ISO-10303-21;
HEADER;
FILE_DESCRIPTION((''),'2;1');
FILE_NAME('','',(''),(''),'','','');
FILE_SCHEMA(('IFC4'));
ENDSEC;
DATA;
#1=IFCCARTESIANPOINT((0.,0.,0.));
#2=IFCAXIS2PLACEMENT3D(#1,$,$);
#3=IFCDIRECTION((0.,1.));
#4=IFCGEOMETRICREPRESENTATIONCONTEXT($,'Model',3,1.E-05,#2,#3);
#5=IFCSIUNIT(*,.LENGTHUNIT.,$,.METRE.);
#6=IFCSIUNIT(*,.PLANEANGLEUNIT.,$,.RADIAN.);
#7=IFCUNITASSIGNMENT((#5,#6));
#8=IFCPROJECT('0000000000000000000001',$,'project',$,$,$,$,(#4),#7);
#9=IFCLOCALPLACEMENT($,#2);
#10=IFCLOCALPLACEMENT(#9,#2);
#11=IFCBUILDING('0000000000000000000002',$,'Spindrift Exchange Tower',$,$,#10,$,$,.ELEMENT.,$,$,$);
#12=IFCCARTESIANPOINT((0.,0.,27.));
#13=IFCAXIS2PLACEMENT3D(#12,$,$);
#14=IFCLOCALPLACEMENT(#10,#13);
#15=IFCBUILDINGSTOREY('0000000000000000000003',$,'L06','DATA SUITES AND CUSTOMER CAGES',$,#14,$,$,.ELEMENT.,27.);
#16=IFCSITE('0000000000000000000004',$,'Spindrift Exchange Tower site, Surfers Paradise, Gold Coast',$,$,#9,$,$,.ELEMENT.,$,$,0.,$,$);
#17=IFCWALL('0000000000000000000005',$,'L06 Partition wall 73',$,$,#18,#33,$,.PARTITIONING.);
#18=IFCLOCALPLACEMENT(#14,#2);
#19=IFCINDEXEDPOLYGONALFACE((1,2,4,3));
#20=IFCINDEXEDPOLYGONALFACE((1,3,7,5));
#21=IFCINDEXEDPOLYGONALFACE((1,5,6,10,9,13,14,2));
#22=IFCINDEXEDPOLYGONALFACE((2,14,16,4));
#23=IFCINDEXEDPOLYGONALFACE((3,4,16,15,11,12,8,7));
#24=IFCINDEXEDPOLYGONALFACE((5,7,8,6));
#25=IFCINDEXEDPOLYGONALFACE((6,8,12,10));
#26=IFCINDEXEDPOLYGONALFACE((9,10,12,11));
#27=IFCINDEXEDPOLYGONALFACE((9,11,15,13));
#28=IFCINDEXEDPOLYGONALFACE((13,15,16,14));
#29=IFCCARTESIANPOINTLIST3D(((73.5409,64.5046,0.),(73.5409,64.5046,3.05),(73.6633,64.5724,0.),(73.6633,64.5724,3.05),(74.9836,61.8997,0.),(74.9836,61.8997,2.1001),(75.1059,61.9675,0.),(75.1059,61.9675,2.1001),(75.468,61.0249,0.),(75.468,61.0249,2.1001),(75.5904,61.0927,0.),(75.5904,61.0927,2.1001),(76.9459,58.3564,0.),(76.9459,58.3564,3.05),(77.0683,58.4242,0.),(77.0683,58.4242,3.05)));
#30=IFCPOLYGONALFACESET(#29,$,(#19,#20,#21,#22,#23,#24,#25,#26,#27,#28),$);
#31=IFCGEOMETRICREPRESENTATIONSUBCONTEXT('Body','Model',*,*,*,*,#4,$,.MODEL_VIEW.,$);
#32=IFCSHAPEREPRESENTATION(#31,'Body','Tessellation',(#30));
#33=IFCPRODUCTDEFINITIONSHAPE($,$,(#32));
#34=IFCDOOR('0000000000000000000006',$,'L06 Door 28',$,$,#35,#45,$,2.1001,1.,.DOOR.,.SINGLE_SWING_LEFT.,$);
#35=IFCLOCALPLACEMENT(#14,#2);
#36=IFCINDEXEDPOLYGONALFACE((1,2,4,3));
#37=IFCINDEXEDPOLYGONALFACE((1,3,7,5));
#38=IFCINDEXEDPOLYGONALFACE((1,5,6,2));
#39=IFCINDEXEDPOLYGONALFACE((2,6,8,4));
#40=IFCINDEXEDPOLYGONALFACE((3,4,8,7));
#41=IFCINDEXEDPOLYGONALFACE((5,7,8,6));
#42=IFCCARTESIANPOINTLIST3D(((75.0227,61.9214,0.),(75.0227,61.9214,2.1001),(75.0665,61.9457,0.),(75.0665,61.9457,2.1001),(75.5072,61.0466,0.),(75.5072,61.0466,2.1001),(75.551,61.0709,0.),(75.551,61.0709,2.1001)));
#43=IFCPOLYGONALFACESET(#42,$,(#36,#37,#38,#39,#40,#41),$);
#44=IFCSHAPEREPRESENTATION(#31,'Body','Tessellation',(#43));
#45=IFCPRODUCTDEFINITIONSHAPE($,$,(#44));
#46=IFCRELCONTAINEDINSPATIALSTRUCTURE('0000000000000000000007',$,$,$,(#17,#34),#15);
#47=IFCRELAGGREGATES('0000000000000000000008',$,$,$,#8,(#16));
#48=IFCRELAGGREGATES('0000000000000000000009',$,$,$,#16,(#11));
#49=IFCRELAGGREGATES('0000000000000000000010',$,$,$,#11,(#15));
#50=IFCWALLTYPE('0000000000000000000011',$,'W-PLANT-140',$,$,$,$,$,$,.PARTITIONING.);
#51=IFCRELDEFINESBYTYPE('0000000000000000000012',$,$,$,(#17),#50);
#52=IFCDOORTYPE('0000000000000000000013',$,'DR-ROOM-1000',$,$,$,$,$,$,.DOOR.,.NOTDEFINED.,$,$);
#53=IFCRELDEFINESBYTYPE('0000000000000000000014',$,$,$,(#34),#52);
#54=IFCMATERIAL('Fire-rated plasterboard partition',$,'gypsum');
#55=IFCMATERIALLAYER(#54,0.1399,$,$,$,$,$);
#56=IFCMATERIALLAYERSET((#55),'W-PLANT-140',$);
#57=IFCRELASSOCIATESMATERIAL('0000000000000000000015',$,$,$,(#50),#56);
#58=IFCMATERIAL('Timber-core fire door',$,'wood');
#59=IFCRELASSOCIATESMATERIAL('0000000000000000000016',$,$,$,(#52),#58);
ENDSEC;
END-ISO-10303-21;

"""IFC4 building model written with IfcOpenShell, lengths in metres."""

from ifc_helpers import new_model, si_unit, direction, frame, frame_2d, origin, place, context, subcontext, project, spatial, rectangle, extrude, source, transform, mapped, material, layer, layer_set, type_object, element, fill, save


model = new_model("IFC4")

# Units and contexts
model_context = context("Model", 3, precision=1e-05, world=origin(), true_north=direction((0.0, 1.0)))
body_context = subcontext(model_context, "Body", "Model", "MODEL_VIEW")
ifc_project = project(units=[si_unit("LENGTHUNIT", "METRE"), si_unit("PLANEANGLEUNIT", "RADIAN")], contexts=[model_context])

# Site, building, storey
site_placement = place(None, origin())
site = spatial("IfcSite", under=ifc_project, at=site_placement, Name="Spindrift Exchange Tower site, Surfers Paradise, Gold Coast", CompositionType="ELEMENT", RefElevation=0.0)
building_placement = place(site_placement, origin())
building = spatial("IfcBuilding", under=site, at=building_placement, Name="Spindrift Exchange Tower", CompositionType="ELEMENT")
storey_placement = place(building_placement, frame((0.0, 0.0, 27.0)))
storey = spatial("IfcBuildingStorey", under=building, at=storey_placement, Name="L06", Description="DATA SUITES AND CUSTOMER CAGES", CompositionType="ELEMENT", Elevation=27.0)

# Shared definitions
ifc_material_1 = material(Name="Fire-rated plasterboard partition", Category="gypsum")

# Wall, opening, door
ifc_layer_1 = layer(ifc_material_1, 0.1399)
ifc_layer_set_1 = layer_set([ifc_layer_1], Name="W-PLANT-140")
wall_type_1 = type_object("IfcWallType", Name="W-PLANT-140", PredefinedType="PARTITIONING", material=ifc_layer_set_1)
wall_1_placement = place(storey_placement, frame((73.6021, 64.5386, 0.0), z_axis=(0.0, 0.0, 1.0), x_axis=(0.484486, -0.874799, 0.0)))
wall_1 = element("IfcWall", 1, at=wall_1_placement, inside=storey, type_object=wall_type_1, Name="L06 Partition wall 73", PredefinedType="PARTITIONING", context=body_context, shape_type="SweptSolid", body=[
    extrude(rectangle(XDim=7.0281, YDim=0.1399, at=frame_2d((3.5142, 0.0))), origin(), (0.0, 0.0, 1.0), 3.05),
])
opening_placement = place(wall_1_placement, frame((2.9778, 0.0, 0.0)))
opening = element("IfcOpeningElement", 2, at=opening_placement, cuts=wall_1, PredefinedType="OPENING", context=body_context, shape_type="SweptSolid", body=[
    extrude(rectangle(XDim=1.0, YDim=2.1001, at=frame_2d((0.5, 1.05))), frame((0.0, 0.0798, 0.0), z_axis=(0.0, -1.0, 0.0), x_axis=(1.0, 0.0, 0.0)), (0.0, 0.0, 1.0), 0.1599),
])
ifc_material_2 = material(Name="Timber-core fire door", Category="wood")
door_type = type_object("IfcDoorType", Name="DR-ROOM-1000", OperationType="NOTDEFINED", PredefinedType="DOOR", material=ifc_material_2)
shared_shape_1 = source(origin(), body_context, "Body", "SweptSolid", [
    extrude(rectangle(XDim=1.0, YDim=2.1001, at=frame_2d((0.5, 1.05))), frame((0.0, 0.0249, 0.0), z_axis=(0.0, -1.0, 0.0), x_axis=(1.0, 0.0, 0.0)), (0.0, 0.0, 1.0), 0.05),
])
door_placement = place(opening_placement, origin())
door = element("IfcDoor", 3, at=door_placement, inside=storey, type_object=door_type, Name="L06 Door 28", OperationType="SINGLE_SWING_LEFT", OverallHeight=2.1001, OverallWidth=1.0, PredefinedType="DOOR", context=body_context, shape_type="MappedRepresentation", body=[
    mapped(shared_shape_1, transform((0.0, 0.0, 0.0), scale=1.0)),
])
fill(opening, door)

save(model, "model.ifc")
